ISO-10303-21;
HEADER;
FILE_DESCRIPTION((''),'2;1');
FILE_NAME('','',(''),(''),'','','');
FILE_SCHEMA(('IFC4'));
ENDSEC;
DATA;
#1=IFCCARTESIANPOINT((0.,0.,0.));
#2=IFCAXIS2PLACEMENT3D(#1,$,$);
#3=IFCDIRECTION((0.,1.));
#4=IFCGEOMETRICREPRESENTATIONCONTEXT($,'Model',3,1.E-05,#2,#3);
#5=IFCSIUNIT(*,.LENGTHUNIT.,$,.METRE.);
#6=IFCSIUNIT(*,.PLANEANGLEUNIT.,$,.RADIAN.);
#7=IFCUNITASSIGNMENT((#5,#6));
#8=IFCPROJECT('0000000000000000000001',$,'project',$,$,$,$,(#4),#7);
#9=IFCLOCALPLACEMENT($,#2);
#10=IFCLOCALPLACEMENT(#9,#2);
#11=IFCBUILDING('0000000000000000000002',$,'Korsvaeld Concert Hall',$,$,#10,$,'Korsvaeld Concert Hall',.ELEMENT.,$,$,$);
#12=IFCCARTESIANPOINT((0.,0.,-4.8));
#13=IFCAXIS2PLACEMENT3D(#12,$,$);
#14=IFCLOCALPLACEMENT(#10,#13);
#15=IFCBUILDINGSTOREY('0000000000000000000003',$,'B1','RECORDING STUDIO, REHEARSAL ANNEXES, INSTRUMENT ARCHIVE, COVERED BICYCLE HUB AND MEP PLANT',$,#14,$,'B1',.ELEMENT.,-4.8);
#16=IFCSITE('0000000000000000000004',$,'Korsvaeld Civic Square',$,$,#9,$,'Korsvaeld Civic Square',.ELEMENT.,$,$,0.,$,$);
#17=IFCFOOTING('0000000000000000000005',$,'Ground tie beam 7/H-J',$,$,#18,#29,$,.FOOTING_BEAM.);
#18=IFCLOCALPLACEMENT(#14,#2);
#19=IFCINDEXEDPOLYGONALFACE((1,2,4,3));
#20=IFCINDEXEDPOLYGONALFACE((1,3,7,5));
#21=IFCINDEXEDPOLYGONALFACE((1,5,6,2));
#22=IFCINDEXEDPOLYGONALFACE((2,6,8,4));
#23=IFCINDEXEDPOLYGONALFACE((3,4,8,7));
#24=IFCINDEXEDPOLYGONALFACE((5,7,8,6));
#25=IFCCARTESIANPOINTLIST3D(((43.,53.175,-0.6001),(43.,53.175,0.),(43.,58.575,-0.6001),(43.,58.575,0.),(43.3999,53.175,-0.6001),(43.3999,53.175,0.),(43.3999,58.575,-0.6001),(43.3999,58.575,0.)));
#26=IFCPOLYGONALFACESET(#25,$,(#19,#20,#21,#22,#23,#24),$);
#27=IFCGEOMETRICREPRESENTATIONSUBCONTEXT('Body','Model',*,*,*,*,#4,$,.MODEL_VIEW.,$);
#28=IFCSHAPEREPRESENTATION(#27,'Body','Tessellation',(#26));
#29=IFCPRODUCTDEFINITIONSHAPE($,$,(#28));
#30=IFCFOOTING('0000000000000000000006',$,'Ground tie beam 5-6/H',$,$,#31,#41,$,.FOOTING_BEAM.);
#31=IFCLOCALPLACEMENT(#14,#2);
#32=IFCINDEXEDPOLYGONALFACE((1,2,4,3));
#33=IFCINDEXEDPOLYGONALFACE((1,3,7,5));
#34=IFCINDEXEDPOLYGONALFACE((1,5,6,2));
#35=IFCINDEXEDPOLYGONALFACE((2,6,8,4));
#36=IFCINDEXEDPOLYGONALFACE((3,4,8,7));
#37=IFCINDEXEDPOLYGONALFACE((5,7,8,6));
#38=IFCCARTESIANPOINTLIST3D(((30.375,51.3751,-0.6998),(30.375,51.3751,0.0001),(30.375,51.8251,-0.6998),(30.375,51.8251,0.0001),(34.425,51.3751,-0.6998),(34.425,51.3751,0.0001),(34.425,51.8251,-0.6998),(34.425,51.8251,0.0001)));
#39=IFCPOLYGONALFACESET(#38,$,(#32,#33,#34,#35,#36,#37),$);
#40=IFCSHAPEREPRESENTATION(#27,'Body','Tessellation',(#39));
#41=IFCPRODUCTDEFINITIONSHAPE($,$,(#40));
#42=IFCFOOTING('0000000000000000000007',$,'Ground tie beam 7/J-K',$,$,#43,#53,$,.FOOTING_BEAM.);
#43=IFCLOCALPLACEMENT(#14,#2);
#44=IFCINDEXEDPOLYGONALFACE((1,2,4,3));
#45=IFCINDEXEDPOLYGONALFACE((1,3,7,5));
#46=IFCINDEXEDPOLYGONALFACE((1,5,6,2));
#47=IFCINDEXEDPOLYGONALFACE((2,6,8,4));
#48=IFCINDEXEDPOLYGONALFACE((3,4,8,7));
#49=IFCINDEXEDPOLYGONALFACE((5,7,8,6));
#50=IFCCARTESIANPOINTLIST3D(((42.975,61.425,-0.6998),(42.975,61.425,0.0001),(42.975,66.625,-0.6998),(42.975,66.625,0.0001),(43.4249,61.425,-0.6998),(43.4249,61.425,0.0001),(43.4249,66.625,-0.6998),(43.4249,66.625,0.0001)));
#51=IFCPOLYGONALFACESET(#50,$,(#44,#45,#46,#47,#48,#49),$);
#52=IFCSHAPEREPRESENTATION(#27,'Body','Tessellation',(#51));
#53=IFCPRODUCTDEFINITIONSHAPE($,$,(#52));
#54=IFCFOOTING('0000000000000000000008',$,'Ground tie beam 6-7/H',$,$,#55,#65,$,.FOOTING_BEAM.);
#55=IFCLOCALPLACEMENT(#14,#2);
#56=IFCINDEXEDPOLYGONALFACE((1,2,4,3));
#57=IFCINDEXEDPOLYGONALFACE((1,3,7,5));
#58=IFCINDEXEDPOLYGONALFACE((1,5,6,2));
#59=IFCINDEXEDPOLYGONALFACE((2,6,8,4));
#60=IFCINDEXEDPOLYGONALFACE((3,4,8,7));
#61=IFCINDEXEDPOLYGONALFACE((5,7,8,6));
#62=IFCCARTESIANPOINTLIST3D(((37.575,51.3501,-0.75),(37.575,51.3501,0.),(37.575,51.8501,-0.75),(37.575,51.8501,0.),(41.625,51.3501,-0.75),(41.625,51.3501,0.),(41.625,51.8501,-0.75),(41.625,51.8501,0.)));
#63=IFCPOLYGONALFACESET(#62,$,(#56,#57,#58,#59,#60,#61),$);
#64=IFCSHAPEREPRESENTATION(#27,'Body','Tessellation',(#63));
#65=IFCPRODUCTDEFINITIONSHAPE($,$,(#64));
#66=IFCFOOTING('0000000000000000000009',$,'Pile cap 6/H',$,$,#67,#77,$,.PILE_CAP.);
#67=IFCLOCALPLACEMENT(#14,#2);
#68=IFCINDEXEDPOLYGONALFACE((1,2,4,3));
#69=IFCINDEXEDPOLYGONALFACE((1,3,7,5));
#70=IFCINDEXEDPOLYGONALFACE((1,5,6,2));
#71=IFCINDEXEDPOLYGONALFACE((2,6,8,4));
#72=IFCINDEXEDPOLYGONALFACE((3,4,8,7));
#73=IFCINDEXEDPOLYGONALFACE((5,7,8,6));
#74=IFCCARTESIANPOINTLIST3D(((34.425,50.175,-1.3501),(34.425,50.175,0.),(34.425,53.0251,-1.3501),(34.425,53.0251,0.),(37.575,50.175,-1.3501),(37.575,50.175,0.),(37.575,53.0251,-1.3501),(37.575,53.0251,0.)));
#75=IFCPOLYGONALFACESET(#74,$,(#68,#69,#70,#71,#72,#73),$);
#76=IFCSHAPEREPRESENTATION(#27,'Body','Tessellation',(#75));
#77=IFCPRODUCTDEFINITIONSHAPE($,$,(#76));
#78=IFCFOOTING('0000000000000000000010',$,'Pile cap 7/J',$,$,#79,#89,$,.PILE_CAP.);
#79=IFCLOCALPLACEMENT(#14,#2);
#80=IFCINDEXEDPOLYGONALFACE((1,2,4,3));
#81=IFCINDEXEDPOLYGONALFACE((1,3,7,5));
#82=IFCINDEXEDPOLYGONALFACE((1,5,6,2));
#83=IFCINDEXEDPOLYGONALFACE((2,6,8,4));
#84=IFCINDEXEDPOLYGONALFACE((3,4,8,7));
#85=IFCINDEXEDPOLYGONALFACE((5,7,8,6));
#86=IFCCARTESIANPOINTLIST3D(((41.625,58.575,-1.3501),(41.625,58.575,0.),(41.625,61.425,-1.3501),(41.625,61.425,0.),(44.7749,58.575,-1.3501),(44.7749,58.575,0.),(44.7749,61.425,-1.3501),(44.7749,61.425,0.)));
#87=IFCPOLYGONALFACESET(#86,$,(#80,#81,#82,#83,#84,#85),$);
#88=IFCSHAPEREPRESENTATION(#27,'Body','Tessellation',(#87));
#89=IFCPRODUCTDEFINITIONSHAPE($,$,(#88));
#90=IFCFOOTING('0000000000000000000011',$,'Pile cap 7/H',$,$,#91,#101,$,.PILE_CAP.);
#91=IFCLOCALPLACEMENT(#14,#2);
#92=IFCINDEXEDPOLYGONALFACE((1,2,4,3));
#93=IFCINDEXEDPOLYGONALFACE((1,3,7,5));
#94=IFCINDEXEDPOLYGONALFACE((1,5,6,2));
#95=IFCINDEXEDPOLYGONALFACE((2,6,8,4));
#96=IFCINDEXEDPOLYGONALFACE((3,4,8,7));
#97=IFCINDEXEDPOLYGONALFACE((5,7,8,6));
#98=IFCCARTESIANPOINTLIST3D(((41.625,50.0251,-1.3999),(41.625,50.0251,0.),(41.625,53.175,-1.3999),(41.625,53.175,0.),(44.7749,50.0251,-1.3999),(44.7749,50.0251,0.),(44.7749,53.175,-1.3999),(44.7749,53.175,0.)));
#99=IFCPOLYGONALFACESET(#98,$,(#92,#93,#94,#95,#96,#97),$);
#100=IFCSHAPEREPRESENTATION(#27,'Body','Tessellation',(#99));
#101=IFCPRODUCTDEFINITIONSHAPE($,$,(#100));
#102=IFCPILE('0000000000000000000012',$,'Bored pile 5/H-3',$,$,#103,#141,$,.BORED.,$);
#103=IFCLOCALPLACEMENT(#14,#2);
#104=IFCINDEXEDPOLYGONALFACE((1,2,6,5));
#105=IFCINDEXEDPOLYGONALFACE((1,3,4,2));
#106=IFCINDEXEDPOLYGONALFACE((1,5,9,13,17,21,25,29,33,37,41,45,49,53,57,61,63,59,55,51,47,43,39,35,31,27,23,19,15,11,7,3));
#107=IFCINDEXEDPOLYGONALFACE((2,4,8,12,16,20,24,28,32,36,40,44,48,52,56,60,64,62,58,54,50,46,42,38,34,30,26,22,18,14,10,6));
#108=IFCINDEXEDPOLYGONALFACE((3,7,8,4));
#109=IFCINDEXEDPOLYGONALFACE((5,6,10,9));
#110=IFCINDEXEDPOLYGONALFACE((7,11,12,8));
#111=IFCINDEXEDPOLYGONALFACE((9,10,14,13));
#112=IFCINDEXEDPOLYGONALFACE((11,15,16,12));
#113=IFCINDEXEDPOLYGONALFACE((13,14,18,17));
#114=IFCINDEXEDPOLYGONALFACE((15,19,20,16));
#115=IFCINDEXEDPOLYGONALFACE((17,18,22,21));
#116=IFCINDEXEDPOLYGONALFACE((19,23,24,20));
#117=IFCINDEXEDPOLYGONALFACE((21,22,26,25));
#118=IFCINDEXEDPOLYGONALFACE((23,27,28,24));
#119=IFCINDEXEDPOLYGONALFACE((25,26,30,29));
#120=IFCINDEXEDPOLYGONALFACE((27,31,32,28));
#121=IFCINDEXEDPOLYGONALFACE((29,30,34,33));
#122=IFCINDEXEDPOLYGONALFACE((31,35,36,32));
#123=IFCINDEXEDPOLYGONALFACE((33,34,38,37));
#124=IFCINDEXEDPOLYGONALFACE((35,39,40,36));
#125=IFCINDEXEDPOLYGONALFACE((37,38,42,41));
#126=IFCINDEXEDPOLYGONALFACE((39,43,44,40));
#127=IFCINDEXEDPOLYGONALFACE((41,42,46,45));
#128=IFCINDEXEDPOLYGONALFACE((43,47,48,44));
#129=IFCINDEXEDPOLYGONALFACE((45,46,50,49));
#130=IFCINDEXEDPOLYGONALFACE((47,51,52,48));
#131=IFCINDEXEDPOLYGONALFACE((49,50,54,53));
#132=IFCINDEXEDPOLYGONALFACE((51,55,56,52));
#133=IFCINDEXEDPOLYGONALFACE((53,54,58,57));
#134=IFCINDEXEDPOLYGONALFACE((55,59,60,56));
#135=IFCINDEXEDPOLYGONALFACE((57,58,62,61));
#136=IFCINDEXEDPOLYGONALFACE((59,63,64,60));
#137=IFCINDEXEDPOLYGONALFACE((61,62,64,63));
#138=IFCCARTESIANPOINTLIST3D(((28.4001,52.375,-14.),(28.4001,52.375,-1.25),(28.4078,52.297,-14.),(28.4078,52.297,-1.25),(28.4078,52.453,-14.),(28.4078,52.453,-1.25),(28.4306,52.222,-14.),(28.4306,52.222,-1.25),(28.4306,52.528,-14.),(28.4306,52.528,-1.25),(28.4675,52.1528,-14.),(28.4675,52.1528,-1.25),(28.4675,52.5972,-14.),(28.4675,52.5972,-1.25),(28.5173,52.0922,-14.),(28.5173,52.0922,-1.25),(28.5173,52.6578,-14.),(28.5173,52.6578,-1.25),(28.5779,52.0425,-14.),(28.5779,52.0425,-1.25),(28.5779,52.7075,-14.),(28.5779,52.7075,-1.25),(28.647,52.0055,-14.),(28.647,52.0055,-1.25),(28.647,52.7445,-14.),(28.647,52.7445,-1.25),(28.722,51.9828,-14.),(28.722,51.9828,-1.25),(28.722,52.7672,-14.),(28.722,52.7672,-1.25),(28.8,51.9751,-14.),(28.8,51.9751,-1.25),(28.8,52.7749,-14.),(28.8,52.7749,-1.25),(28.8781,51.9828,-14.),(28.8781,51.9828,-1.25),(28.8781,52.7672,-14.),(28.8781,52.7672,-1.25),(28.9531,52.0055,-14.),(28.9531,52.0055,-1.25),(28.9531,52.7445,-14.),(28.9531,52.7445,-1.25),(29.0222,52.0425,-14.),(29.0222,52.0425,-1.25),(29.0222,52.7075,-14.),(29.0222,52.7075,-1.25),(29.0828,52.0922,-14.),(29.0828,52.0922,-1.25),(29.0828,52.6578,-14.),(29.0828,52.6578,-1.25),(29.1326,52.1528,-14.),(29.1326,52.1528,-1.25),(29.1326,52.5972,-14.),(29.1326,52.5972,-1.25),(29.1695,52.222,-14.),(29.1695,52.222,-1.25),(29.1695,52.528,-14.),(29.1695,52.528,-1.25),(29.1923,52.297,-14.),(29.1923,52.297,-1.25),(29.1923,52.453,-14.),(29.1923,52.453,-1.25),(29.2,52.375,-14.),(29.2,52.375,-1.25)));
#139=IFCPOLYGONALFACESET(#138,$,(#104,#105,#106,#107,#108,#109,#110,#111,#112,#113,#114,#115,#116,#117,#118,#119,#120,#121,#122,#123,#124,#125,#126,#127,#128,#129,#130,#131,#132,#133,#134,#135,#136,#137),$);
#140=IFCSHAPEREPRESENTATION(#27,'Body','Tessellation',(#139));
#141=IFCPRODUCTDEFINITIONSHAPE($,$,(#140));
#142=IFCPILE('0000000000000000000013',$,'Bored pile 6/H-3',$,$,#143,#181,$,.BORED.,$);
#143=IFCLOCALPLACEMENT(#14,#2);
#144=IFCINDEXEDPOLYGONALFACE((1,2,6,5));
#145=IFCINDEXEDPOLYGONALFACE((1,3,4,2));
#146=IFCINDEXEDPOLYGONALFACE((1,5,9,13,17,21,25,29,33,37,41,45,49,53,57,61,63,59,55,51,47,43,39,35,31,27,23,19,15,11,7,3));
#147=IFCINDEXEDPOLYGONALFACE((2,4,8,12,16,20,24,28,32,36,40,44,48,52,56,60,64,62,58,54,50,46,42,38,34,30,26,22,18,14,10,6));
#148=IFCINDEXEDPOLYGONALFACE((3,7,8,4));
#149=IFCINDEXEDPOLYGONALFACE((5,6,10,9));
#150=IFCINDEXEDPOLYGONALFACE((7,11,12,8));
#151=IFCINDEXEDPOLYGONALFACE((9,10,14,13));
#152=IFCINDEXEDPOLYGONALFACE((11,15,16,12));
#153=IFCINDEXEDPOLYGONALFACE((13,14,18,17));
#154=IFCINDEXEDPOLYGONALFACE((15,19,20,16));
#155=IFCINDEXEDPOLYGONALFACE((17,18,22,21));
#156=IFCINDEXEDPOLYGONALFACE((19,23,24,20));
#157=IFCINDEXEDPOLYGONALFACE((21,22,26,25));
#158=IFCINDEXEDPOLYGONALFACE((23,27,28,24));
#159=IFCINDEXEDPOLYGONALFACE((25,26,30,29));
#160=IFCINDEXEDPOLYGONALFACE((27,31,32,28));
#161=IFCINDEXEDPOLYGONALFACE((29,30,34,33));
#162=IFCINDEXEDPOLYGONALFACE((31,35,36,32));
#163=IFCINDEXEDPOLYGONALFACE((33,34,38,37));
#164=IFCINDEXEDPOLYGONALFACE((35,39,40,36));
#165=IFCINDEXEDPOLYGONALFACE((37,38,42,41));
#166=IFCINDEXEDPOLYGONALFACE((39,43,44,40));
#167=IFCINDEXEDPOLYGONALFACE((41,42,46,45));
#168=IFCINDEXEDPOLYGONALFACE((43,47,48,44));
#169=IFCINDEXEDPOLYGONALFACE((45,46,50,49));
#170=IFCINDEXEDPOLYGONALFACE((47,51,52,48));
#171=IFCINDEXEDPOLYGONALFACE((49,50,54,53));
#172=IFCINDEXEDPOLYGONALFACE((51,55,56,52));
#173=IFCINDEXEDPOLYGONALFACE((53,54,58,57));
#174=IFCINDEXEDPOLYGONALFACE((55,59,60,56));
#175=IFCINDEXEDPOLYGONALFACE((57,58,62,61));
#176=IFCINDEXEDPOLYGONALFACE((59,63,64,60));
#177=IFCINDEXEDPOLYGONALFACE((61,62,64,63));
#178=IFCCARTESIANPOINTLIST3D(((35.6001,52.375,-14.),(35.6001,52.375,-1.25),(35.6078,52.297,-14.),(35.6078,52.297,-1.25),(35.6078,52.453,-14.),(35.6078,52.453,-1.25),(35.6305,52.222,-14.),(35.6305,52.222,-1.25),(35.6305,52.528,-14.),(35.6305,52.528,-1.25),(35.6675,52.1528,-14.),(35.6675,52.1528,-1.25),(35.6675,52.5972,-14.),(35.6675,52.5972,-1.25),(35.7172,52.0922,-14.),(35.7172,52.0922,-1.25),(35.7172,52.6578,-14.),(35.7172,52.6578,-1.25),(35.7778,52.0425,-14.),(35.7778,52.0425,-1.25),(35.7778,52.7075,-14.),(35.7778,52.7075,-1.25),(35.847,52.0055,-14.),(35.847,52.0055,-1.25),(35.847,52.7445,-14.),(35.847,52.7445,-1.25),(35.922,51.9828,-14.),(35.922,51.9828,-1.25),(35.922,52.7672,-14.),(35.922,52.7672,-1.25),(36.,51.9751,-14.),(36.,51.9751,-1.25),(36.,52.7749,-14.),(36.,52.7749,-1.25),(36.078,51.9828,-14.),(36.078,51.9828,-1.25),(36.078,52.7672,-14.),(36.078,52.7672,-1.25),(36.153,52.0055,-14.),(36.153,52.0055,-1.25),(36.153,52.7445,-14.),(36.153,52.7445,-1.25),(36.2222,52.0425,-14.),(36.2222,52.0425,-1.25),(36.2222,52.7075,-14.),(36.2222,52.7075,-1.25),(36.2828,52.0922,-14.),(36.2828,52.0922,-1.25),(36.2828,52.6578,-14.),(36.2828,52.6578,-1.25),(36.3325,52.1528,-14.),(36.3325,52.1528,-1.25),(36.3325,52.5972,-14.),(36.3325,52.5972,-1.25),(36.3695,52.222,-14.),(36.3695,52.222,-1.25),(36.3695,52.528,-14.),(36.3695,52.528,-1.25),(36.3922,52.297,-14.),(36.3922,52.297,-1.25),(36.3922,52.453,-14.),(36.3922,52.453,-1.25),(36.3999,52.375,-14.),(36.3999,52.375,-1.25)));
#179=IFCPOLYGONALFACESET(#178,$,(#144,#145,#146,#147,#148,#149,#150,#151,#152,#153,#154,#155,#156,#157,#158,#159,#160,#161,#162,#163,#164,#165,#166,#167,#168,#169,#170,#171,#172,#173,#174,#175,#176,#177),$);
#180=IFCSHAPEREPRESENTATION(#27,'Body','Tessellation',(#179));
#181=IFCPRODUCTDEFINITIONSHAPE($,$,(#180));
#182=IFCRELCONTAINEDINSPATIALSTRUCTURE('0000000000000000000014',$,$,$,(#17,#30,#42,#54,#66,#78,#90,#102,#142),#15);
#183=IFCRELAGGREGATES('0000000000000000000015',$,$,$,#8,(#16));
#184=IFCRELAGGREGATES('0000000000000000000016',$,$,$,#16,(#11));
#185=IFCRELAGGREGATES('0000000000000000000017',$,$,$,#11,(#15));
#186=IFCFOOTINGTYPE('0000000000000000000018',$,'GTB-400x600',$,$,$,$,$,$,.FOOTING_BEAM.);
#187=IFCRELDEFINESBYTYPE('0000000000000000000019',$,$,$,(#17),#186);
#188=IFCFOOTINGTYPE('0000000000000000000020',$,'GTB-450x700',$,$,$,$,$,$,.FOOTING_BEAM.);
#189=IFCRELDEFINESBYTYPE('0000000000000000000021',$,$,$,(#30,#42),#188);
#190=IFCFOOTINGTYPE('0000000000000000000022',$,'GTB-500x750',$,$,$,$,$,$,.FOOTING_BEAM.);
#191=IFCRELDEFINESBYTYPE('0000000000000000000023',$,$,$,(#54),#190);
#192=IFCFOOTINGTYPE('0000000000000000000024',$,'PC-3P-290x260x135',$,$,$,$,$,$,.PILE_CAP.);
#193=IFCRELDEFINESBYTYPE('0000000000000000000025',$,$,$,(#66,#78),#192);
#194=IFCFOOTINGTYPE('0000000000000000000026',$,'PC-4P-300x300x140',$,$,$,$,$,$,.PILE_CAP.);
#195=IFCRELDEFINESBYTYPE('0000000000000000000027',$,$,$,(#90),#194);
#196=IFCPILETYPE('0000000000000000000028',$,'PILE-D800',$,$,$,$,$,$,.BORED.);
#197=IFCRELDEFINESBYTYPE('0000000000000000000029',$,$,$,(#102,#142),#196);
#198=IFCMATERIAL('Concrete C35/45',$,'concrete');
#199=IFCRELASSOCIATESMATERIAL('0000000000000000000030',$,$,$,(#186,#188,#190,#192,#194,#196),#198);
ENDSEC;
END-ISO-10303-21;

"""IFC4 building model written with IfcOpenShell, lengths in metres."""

from ifc_helpers import new_model, si_unit, direction, frame, origin, origin_2d, place, context, subcontext, project, spatial, rectangle, circle, extrude, material, material_profile, profile_set, type_object, element, save


model = new_model("IFC4")

# Units and contexts
model_context = context("Model", 3, precision=1e-05, world=origin(), true_north=direction((0.0, 1.0)))
body_context = subcontext(model_context, "Body", "Model", "MODEL_VIEW")
ifc_project = project(units=[si_unit("LENGTHUNIT", "METRE"), si_unit("PLANEANGLEUNIT", "RADIAN")], contexts=[model_context])

# Site, building, storey
site_placement = place(None, origin())
site = spatial("IfcSite", under=ifc_project, at=site_placement, Name="Korsvaeld Civic Square", LongName="Korsvaeld Civic Square", CompositionType="ELEMENT", RefElevation=0.0)
building_placement = place(site_placement, origin())
building = spatial("IfcBuilding", under=site, at=building_placement, Name="Korsvaeld Concert Hall", LongName="Korsvaeld Concert Hall", CompositionType="ELEMENT")
storey_placement = place(building_placement, frame((0.0, 0.0, -4.8)))
storey = spatial("IfcBuildingStorey", under=building, at=storey_placement, Name="B1", Description="RECORDING STUDIO, REHEARSAL ANNEXES, INSTRUMENT ARCHIVE, COVERED BICYCLE HUB AND MEP PLANT", LongName="B1", CompositionType="ELEMENT", Elevation=-4.8)

# Footings
ifc_material_1 = material(Name="Concrete C35/45", Category="concrete")
ifc_material_profile_1 = material_profile(ifc_material_1, rectangle(XDim=0.3999, YDim=0.6001, at=origin_2d()), Name="GTB 400x600")
ifc_profile_set_1 = profile_set([ifc_material_profile_1], Name="Concrete C35/45")
footing_type_1 = type_object("IfcFootingType", Name="GTB-400x600", PredefinedType="FOOTING_BEAM", material=ifc_profile_set_1)
footing_1_placement = place(storey_placement, frame((43.2, 53.175, -0.3), z_axis=(0.0, 1.0, 0.0), x_axis=(-1.0, 0.0, 0.0)))
element("IfcFooting", 1, at=footing_1_placement, inside=storey, type_object=footing_type_1, Name="Ground tie beam 7/H-J", PredefinedType="FOOTING_BEAM", context=body_context, shape_type="SweptSolid", body=[
    extrude(rectangle(XDim=0.3999, YDim=0.6001, at=origin_2d()), origin(), (0.0, 0.0, 1.0), 5.3999),
])
ifc_material_profile_2 = material_profile(ifc_material_1, rectangle(XDim=0.45, YDim=0.7, at=origin_2d()), Name="GTB 450x700")
ifc_profile_set_2 = profile_set([ifc_material_profile_2], Name="Concrete C35/45")
footing_type_2 = type_object("IfcFootingType", Name="GTB-450x700", PredefinedType="FOOTING_BEAM", material=ifc_profile_set_2)
footing_2_placement = place(storey_placement, frame((30.375, 51.6001, -0.3499), z_axis=(1.0, 0.0, 0.0), x_axis=(0.0, 1.0, 0.0)))
element("IfcFooting", 2, at=footing_2_placement, inside=storey, type_object=footing_type_2, Name="Ground tie beam 5-6/H", PredefinedType="FOOTING_BEAM", context=body_context, shape_type="SweptSolid", body=[
    extrude(rectangle(XDim=0.45, YDim=0.7, at=origin_2d()), origin(), (0.0, 0.0, 1.0), 4.05),
])
footing_3_placement = place(storey_placement, frame((43.2, 61.425, -0.3499), z_axis=(0.0, 1.0, 0.0), x_axis=(-1.0, 0.0, 0.0)))
element("IfcFooting", 3, at=footing_3_placement, inside=storey, type_object=footing_type_2, Name="Ground tie beam 7/J-K", PredefinedType="FOOTING_BEAM", context=body_context, shape_type="SweptSolid", body=[
    extrude(rectangle(XDim=0.45, YDim=0.7, at=origin_2d()), origin(), (0.0, 0.0, 1.0), 5.2),
])
ifc_material_profile_3 = material_profile(ifc_material_1, rectangle(XDim=0.5, YDim=0.75, at=origin_2d()), Name="GTB 500x750")
ifc_profile_set_3 = profile_set([ifc_material_profile_3], Name="Concrete C35/45")
footing_type_3 = type_object("IfcFootingType", Name="GTB-500x750", PredefinedType="FOOTING_BEAM", material=ifc_profile_set_3)
footing_4_placement = place(storey_placement, frame((37.575, 51.6001, -0.375), z_axis=(1.0, 0.0, 0.0), x_axis=(0.0, 1.0, 0.0)))
element("IfcFooting", 4, at=footing_4_placement, inside=storey, type_object=footing_type_3, Name="Ground tie beam 6-7/H", PredefinedType="FOOTING_BEAM", context=body_context, shape_type="SweptSolid", body=[
    extrude(rectangle(XDim=0.5, YDim=0.75, at=origin_2d()), origin(), (0.0, 0.0, 1.0), 4.05),
])
footing_type_4 = type_object("IfcFootingType", Name="PC-3P-290x260x135", PredefinedType="PILE_CAP", material=ifc_material_1)
for number, where, z_axis, x_axis, name in (
    (5, (36.0, 51.6001, -1.3501), (0.0, 0.0, 1.0), (1.0, 0.0, 0.0), "Pile cap 6/H"),
    (6, (43.2, 60.0, -1.3501), (0.0, 0.0, 1.0), (1.0, 0.0, 0.0), "Pile cap 7/J"),
):
    element("IfcFooting", number, at=place(storey_placement, frame(where, z_axis=z_axis, x_axis=x_axis)), inside=storey, type_object=footing_type_4, Name=name, PredefinedType="PILE_CAP", context=body_context, shape_type="SweptSolid", body=[
        extrude(rectangle(XDim=3.1499, YDim=2.8501, at=origin_2d()), origin(), (0.0, 0.0, 1.0), 1.3501),
    ])
footing_type_5 = type_object("IfcFootingType", Name="PC-4P-300x300x140", PredefinedType="PILE_CAP", material=ifc_material_1)
footing_5_placement = place(storey_placement, frame((43.2, 51.6001, -1.3999), z_axis=(0.0, 0.0, 1.0), x_axis=(1.0, 0.0, 0.0)))
element("IfcFooting", 7, at=footing_5_placement, inside=storey, type_object=footing_type_5, Name="Pile cap 7/H", PredefinedType="PILE_CAP", context=body_context, shape_type="SweptSolid", body=[
    extrude(rectangle(XDim=3.1499, YDim=3.1499, at=origin_2d()), origin(), (0.0, 0.0, 1.0), 1.3999),
])

# Piles
ifc_material_profile_4 = material_profile(ifc_material_1, circle(Radius=0.3999, at=origin_2d()), Name="BORED PILE D800")
ifc_profile_set_4 = profile_set([ifc_material_profile_4], Name="Concrete C35/45")
pile_type = type_object("IfcPileType", Name="PILE-D800", PredefinedType="BORED", material=ifc_profile_set_4)
for number, where, z_axis, x_axis, name in (
    (8, (28.8, 52.375, -1.25), (0.0, 0.0, -1.0), (1.0, 0.0, 0.0), "Bored pile 5/H-3"),
    (9, (36.0, 52.375, -1.25), (0.0, 0.0, -1.0), (1.0, 0.0, 0.0), "Bored pile 6/H-3"),
):
    element("IfcPile", number, at=place(storey_placement, frame(where, z_axis=z_axis, x_axis=x_axis)), inside=storey, type_object=pile_type, Name=name, PredefinedType="BORED", context=body_context, shape_type="SweptSolid", body=[
        extrude(circle(Radius=0.3999, at=origin_2d()), origin(), (0.0, 0.0, 1.0), 12.75),
    ])

save(model, "model.ifc")
